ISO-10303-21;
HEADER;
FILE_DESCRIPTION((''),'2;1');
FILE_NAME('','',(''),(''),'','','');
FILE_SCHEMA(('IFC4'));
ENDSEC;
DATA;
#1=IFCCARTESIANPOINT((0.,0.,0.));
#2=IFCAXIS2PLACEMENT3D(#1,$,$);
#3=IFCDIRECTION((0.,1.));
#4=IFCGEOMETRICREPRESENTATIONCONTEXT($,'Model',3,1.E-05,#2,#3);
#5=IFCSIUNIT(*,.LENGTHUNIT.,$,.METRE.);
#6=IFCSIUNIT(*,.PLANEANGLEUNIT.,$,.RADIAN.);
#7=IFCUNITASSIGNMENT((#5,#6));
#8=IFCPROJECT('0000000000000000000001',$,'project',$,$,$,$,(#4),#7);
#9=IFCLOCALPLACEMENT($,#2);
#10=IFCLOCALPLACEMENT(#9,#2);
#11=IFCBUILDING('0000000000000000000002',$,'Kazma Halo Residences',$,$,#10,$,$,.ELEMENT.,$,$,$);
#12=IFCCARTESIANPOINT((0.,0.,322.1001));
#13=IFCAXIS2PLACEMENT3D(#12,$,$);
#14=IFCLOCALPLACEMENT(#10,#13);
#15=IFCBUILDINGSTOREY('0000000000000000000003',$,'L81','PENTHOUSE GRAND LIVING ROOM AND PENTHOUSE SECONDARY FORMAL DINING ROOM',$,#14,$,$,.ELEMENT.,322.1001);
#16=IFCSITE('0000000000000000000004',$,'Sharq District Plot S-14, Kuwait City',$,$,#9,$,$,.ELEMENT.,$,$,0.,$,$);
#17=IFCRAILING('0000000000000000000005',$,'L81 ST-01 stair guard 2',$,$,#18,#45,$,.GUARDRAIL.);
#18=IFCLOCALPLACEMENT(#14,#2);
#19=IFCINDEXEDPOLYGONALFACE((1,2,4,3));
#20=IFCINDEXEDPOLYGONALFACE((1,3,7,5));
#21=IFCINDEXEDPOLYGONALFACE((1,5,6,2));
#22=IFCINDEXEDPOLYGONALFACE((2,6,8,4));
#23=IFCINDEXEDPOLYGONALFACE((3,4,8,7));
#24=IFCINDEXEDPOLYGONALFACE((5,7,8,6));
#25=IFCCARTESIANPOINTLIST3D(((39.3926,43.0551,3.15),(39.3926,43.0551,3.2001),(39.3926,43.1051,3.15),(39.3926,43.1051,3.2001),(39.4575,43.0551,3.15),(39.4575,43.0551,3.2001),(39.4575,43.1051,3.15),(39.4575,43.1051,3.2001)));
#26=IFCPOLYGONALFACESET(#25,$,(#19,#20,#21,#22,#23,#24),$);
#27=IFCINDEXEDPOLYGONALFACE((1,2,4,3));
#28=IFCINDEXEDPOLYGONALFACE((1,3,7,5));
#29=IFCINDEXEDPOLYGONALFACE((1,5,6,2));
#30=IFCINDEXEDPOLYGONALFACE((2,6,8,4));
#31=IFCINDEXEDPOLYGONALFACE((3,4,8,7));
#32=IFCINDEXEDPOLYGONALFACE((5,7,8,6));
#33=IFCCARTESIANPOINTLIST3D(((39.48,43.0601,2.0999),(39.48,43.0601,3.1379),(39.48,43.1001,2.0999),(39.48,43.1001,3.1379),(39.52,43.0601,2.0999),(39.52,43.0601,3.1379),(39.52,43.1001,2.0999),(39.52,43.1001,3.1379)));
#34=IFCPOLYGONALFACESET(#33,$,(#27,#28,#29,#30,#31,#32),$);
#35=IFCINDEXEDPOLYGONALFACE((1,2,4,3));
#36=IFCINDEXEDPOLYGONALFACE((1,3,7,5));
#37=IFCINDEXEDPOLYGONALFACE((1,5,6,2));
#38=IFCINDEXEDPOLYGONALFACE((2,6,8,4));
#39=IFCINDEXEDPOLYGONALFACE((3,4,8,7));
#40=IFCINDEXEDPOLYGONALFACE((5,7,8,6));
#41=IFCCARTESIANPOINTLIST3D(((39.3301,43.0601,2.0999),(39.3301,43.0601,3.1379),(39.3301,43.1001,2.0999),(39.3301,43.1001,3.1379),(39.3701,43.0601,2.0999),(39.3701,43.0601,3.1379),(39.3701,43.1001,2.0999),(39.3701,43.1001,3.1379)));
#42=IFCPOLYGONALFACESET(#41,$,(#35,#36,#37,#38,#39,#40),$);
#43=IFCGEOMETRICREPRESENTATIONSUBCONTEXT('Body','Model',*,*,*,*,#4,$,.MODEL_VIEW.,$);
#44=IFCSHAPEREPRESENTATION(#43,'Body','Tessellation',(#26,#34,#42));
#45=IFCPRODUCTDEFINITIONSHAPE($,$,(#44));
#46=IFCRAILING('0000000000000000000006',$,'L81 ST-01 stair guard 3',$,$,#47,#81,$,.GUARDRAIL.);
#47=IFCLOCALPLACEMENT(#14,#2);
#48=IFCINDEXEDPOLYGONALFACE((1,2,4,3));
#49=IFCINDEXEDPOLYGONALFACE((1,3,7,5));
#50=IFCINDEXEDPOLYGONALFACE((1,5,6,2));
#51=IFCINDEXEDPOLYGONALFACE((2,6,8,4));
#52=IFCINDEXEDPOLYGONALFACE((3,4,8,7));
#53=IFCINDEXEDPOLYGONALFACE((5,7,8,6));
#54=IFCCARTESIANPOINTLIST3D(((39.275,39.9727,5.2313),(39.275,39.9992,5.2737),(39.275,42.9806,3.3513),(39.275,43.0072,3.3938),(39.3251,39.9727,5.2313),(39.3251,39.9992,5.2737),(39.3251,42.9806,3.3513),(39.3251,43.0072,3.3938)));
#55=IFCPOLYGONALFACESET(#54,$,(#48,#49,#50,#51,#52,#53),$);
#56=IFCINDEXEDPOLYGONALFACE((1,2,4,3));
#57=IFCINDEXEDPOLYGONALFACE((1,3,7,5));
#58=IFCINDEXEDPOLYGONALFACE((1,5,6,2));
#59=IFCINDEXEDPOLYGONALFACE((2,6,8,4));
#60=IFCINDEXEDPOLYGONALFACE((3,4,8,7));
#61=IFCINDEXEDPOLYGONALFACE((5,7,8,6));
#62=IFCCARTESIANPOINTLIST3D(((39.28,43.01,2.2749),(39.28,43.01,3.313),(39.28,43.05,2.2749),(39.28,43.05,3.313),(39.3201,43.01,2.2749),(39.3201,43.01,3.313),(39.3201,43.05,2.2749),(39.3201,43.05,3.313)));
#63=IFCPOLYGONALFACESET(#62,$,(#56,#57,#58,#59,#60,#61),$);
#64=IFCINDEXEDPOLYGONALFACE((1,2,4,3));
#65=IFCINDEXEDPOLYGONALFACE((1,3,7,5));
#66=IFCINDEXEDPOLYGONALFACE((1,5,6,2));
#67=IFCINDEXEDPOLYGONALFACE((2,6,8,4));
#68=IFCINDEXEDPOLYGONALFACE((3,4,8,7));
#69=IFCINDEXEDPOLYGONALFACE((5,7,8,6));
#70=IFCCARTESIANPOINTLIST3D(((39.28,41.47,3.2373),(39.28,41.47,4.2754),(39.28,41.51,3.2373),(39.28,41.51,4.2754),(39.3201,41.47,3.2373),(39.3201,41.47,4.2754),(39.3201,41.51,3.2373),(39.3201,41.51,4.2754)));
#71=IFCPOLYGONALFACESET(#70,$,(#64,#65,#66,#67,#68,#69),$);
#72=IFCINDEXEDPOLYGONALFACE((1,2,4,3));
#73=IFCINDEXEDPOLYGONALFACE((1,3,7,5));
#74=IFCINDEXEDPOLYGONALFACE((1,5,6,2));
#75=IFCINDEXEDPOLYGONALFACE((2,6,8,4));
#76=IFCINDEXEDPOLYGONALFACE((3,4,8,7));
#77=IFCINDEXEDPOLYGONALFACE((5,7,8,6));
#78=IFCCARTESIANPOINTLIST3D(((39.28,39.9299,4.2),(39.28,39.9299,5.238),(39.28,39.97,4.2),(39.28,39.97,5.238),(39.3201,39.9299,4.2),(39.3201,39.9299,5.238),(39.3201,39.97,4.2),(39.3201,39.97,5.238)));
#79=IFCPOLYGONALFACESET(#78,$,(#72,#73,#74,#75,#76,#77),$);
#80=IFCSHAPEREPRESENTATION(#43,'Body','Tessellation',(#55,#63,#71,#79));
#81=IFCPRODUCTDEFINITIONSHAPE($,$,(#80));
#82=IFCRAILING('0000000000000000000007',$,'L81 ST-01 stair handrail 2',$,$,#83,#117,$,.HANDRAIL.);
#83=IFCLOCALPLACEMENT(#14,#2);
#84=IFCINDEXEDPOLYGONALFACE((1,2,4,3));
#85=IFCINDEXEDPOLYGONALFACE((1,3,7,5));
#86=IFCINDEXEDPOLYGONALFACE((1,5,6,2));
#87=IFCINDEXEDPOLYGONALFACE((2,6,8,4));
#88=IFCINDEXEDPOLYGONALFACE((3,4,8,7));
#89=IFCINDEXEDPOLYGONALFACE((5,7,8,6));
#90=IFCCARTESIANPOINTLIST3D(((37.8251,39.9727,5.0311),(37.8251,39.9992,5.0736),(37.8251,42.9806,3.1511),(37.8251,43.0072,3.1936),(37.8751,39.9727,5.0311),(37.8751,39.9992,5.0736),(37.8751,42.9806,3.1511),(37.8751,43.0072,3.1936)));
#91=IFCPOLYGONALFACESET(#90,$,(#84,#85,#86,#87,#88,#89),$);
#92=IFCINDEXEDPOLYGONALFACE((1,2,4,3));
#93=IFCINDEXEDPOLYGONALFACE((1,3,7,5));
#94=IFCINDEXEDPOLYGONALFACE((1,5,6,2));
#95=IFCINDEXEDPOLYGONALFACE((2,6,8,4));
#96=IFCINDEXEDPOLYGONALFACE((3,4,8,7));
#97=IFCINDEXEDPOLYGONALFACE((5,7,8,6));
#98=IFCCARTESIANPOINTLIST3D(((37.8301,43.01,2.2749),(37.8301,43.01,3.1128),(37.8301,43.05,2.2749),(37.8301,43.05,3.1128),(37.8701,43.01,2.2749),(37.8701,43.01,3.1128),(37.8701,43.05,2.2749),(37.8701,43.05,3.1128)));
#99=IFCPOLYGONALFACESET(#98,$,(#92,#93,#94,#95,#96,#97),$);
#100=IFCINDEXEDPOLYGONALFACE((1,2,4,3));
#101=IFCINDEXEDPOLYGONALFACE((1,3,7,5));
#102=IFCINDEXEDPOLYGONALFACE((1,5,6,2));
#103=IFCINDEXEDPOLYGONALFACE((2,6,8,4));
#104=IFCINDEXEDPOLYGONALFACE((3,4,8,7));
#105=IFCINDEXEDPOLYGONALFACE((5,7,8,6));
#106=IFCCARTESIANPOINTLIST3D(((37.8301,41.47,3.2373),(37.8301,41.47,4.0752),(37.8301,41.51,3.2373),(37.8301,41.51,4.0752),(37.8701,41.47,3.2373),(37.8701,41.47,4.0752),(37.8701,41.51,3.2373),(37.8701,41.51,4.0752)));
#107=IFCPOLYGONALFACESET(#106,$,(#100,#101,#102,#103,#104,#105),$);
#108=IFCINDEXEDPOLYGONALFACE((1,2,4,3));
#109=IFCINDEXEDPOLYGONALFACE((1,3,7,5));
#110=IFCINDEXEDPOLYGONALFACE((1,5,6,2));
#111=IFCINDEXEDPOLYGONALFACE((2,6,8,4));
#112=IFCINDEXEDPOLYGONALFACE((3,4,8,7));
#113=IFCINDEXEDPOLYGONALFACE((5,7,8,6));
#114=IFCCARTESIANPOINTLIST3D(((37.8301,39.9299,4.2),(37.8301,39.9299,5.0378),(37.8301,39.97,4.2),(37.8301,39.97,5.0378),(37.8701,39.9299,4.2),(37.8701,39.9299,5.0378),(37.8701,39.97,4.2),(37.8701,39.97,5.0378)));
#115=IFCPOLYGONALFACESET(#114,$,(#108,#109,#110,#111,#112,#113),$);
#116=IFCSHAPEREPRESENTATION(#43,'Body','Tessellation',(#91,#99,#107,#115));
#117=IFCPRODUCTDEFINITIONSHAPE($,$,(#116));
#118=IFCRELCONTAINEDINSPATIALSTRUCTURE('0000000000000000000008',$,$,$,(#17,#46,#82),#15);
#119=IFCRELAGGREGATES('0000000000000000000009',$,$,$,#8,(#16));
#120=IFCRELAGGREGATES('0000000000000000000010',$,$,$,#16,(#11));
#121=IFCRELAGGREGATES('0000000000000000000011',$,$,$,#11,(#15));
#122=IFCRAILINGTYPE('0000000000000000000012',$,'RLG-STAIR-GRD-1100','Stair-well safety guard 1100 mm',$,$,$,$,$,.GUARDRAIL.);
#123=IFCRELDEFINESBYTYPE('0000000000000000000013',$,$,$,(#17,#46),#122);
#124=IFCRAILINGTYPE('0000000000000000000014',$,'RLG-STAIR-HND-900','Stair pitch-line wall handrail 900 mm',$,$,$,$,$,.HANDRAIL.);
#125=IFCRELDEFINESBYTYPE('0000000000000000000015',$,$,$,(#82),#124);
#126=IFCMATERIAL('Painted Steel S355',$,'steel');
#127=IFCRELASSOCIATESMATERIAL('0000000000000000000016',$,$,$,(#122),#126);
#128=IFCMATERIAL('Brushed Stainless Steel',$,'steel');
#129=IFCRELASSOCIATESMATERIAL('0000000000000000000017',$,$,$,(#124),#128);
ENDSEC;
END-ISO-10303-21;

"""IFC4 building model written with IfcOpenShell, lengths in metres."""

from ifc_helpers import new_model, si_unit, direction, frame, origin, origin_2d, place, context, subcontext, project, spatial, rectangle, extrude, material, type_object, element, save


model = new_model("IFC4")

# Units and contexts
model_context = context("Model", 3, precision=1e-05, world=origin(), true_north=direction((0.0, 1.0)))
body_context = subcontext(model_context, "Body", "Model", "MODEL_VIEW")
ifc_project = project(units=[si_unit("LENGTHUNIT", "METRE"), si_unit("PLANEANGLEUNIT", "RADIAN")], contexts=[model_context])

# Site, building, storey
site_placement = place(None, origin())
site = spatial("IfcSite", under=ifc_project, at=site_placement, Name="Sharq District Plot S-14, Kuwait City", CompositionType="ELEMENT", RefElevation=0.0)
building_placement = place(site_placement, origin())
building = spatial("IfcBuilding", under=site, at=building_placement, Name="Kazma Halo Residences", CompositionType="ELEMENT")
storey_placement = place(building_placement, frame((0.0, 0.0, 322.1001)))
storey = spatial("IfcBuildingStorey", under=building, at=storey_placement, Name="L81", Description="PENTHOUSE GRAND LIVING ROOM AND PENTHOUSE SECONDARY FORMAL DINING ROOM", CompositionType="ELEMENT", Elevation=322.1001)

# Railings
ifc_material_1 = material(Name="Painted Steel S355", Category="steel")
railing_type_1 = type_object("IfcRailingType", Name="RLG-STAIR-GRD-1100", Description="Stair-well safety guard 1100 mm", PredefinedType="GUARDRAIL", material=ifc_material_1)
railing_1_placement = place(storey_placement, frame((39.5, 43.0801, 2.0999)))
element("IfcRailing", 1, at=railing_1_placement, inside=storey, type_object=railing_type_1, Name="L81 ST-01 stair guard 2", PredefinedType="GUARDRAIL", context=body_context, shape_type="SweptSolid", body=[
    extrude(rectangle(XDim=0.05, YDim=0.05, at=origin_2d()), frame((-0.0425, 0.0, 1.0752), z_axis=(-1.0, 0.0, 0.0), x_axis=(0.0, -1.0, 0.0)), (0.0, 0.0, 1.0), 0.0649),
    extrude(rectangle(XDim=0.04, YDim=0.04, at=origin_2d()), origin(), (0.0, 0.0, 1.0), 1.0381),
    extrude(rectangle(XDim=0.04, YDim=0.04, at=origin_2d()), frame((-0.1499, 0.0, 0.0)), (0.0, 0.0, 1.0), 1.0381),
])
railing_2_placement = place(storey_placement, frame((39.3, 43.03, 2.2749)))
element("IfcRailing", 2, at=railing_2_placement, inside=storey, type_object=railing_type_1, Name="L81 ST-01 stair guard 3", PredefinedType="GUARDRAIL", context=body_context, shape_type="SweptSolid", body=[
    extrude(rectangle(XDim=0.05, YDim=0.05, at=origin_2d()), frame((0.0, -0.0361, 1.0977), z_axis=(0.0, -0.847998, 0.529999), x_axis=(1.0, 0.0, 0.0)), (0.0, 0.0, 1.0), 3.5471),
    extrude(rectangle(XDim=0.04, YDim=0.04, at=origin_2d()), origin(), (0.0, 0.0, 1.0), 1.0381),
    extrude(rectangle(XDim=0.04, YDim=0.04, at=origin_2d()), frame((0.0, -1.54, 0.9624)), (0.0, 0.0, 1.0), 1.0381),
    extrude(rectangle(XDim=0.04, YDim=0.04, at=origin_2d()), frame((0.0, -3.0801, 1.925)), (0.0, 0.0, 1.0), 1.0381),
])
ifc_material_2 = material(Name="Brushed Stainless Steel", Category="steel")
railing_type_2 = type_object("IfcRailingType", Name="RLG-STAIR-HND-900", Description="Stair pitch-line wall handrail 900 mm", PredefinedType="HANDRAIL", material=ifc_material_2)
railing_3_placement = place(storey_placement, frame((37.8501, 43.03, 2.2749)))
element("IfcRailing", 3, at=railing_3_placement, inside=storey, type_object=railing_type_2, Name="L81 ST-01 stair handrail 2", PredefinedType="HANDRAIL", context=body_context, shape_type="SweptSolid", body=[
    extrude(rectangle(XDim=0.05, YDim=0.05, at=origin_2d()), frame((0.0, -0.0361, 0.8975), z_axis=(0.0, -0.847998, 0.529999), x_axis=(1.0, 0.0, 0.0)), (0.0, 0.0, 1.0), 3.5471),
    extrude(rectangle(XDim=0.04, YDim=0.04, at=origin_2d()), origin(), (0.0, 0.0, 1.0), 0.8379),
    extrude(rectangle(XDim=0.04, YDim=0.04, at=origin_2d()), frame((0.0, -1.54, 0.9624)), (0.0, 0.0, 1.0), 0.8379),
    extrude(rectangle(XDim=0.04, YDim=0.04, at=origin_2d()), frame((0.0, -3.0801, 1.925)), (0.0, 0.0, 1.0), 0.8379),
])

save(model, "model.ifc")
